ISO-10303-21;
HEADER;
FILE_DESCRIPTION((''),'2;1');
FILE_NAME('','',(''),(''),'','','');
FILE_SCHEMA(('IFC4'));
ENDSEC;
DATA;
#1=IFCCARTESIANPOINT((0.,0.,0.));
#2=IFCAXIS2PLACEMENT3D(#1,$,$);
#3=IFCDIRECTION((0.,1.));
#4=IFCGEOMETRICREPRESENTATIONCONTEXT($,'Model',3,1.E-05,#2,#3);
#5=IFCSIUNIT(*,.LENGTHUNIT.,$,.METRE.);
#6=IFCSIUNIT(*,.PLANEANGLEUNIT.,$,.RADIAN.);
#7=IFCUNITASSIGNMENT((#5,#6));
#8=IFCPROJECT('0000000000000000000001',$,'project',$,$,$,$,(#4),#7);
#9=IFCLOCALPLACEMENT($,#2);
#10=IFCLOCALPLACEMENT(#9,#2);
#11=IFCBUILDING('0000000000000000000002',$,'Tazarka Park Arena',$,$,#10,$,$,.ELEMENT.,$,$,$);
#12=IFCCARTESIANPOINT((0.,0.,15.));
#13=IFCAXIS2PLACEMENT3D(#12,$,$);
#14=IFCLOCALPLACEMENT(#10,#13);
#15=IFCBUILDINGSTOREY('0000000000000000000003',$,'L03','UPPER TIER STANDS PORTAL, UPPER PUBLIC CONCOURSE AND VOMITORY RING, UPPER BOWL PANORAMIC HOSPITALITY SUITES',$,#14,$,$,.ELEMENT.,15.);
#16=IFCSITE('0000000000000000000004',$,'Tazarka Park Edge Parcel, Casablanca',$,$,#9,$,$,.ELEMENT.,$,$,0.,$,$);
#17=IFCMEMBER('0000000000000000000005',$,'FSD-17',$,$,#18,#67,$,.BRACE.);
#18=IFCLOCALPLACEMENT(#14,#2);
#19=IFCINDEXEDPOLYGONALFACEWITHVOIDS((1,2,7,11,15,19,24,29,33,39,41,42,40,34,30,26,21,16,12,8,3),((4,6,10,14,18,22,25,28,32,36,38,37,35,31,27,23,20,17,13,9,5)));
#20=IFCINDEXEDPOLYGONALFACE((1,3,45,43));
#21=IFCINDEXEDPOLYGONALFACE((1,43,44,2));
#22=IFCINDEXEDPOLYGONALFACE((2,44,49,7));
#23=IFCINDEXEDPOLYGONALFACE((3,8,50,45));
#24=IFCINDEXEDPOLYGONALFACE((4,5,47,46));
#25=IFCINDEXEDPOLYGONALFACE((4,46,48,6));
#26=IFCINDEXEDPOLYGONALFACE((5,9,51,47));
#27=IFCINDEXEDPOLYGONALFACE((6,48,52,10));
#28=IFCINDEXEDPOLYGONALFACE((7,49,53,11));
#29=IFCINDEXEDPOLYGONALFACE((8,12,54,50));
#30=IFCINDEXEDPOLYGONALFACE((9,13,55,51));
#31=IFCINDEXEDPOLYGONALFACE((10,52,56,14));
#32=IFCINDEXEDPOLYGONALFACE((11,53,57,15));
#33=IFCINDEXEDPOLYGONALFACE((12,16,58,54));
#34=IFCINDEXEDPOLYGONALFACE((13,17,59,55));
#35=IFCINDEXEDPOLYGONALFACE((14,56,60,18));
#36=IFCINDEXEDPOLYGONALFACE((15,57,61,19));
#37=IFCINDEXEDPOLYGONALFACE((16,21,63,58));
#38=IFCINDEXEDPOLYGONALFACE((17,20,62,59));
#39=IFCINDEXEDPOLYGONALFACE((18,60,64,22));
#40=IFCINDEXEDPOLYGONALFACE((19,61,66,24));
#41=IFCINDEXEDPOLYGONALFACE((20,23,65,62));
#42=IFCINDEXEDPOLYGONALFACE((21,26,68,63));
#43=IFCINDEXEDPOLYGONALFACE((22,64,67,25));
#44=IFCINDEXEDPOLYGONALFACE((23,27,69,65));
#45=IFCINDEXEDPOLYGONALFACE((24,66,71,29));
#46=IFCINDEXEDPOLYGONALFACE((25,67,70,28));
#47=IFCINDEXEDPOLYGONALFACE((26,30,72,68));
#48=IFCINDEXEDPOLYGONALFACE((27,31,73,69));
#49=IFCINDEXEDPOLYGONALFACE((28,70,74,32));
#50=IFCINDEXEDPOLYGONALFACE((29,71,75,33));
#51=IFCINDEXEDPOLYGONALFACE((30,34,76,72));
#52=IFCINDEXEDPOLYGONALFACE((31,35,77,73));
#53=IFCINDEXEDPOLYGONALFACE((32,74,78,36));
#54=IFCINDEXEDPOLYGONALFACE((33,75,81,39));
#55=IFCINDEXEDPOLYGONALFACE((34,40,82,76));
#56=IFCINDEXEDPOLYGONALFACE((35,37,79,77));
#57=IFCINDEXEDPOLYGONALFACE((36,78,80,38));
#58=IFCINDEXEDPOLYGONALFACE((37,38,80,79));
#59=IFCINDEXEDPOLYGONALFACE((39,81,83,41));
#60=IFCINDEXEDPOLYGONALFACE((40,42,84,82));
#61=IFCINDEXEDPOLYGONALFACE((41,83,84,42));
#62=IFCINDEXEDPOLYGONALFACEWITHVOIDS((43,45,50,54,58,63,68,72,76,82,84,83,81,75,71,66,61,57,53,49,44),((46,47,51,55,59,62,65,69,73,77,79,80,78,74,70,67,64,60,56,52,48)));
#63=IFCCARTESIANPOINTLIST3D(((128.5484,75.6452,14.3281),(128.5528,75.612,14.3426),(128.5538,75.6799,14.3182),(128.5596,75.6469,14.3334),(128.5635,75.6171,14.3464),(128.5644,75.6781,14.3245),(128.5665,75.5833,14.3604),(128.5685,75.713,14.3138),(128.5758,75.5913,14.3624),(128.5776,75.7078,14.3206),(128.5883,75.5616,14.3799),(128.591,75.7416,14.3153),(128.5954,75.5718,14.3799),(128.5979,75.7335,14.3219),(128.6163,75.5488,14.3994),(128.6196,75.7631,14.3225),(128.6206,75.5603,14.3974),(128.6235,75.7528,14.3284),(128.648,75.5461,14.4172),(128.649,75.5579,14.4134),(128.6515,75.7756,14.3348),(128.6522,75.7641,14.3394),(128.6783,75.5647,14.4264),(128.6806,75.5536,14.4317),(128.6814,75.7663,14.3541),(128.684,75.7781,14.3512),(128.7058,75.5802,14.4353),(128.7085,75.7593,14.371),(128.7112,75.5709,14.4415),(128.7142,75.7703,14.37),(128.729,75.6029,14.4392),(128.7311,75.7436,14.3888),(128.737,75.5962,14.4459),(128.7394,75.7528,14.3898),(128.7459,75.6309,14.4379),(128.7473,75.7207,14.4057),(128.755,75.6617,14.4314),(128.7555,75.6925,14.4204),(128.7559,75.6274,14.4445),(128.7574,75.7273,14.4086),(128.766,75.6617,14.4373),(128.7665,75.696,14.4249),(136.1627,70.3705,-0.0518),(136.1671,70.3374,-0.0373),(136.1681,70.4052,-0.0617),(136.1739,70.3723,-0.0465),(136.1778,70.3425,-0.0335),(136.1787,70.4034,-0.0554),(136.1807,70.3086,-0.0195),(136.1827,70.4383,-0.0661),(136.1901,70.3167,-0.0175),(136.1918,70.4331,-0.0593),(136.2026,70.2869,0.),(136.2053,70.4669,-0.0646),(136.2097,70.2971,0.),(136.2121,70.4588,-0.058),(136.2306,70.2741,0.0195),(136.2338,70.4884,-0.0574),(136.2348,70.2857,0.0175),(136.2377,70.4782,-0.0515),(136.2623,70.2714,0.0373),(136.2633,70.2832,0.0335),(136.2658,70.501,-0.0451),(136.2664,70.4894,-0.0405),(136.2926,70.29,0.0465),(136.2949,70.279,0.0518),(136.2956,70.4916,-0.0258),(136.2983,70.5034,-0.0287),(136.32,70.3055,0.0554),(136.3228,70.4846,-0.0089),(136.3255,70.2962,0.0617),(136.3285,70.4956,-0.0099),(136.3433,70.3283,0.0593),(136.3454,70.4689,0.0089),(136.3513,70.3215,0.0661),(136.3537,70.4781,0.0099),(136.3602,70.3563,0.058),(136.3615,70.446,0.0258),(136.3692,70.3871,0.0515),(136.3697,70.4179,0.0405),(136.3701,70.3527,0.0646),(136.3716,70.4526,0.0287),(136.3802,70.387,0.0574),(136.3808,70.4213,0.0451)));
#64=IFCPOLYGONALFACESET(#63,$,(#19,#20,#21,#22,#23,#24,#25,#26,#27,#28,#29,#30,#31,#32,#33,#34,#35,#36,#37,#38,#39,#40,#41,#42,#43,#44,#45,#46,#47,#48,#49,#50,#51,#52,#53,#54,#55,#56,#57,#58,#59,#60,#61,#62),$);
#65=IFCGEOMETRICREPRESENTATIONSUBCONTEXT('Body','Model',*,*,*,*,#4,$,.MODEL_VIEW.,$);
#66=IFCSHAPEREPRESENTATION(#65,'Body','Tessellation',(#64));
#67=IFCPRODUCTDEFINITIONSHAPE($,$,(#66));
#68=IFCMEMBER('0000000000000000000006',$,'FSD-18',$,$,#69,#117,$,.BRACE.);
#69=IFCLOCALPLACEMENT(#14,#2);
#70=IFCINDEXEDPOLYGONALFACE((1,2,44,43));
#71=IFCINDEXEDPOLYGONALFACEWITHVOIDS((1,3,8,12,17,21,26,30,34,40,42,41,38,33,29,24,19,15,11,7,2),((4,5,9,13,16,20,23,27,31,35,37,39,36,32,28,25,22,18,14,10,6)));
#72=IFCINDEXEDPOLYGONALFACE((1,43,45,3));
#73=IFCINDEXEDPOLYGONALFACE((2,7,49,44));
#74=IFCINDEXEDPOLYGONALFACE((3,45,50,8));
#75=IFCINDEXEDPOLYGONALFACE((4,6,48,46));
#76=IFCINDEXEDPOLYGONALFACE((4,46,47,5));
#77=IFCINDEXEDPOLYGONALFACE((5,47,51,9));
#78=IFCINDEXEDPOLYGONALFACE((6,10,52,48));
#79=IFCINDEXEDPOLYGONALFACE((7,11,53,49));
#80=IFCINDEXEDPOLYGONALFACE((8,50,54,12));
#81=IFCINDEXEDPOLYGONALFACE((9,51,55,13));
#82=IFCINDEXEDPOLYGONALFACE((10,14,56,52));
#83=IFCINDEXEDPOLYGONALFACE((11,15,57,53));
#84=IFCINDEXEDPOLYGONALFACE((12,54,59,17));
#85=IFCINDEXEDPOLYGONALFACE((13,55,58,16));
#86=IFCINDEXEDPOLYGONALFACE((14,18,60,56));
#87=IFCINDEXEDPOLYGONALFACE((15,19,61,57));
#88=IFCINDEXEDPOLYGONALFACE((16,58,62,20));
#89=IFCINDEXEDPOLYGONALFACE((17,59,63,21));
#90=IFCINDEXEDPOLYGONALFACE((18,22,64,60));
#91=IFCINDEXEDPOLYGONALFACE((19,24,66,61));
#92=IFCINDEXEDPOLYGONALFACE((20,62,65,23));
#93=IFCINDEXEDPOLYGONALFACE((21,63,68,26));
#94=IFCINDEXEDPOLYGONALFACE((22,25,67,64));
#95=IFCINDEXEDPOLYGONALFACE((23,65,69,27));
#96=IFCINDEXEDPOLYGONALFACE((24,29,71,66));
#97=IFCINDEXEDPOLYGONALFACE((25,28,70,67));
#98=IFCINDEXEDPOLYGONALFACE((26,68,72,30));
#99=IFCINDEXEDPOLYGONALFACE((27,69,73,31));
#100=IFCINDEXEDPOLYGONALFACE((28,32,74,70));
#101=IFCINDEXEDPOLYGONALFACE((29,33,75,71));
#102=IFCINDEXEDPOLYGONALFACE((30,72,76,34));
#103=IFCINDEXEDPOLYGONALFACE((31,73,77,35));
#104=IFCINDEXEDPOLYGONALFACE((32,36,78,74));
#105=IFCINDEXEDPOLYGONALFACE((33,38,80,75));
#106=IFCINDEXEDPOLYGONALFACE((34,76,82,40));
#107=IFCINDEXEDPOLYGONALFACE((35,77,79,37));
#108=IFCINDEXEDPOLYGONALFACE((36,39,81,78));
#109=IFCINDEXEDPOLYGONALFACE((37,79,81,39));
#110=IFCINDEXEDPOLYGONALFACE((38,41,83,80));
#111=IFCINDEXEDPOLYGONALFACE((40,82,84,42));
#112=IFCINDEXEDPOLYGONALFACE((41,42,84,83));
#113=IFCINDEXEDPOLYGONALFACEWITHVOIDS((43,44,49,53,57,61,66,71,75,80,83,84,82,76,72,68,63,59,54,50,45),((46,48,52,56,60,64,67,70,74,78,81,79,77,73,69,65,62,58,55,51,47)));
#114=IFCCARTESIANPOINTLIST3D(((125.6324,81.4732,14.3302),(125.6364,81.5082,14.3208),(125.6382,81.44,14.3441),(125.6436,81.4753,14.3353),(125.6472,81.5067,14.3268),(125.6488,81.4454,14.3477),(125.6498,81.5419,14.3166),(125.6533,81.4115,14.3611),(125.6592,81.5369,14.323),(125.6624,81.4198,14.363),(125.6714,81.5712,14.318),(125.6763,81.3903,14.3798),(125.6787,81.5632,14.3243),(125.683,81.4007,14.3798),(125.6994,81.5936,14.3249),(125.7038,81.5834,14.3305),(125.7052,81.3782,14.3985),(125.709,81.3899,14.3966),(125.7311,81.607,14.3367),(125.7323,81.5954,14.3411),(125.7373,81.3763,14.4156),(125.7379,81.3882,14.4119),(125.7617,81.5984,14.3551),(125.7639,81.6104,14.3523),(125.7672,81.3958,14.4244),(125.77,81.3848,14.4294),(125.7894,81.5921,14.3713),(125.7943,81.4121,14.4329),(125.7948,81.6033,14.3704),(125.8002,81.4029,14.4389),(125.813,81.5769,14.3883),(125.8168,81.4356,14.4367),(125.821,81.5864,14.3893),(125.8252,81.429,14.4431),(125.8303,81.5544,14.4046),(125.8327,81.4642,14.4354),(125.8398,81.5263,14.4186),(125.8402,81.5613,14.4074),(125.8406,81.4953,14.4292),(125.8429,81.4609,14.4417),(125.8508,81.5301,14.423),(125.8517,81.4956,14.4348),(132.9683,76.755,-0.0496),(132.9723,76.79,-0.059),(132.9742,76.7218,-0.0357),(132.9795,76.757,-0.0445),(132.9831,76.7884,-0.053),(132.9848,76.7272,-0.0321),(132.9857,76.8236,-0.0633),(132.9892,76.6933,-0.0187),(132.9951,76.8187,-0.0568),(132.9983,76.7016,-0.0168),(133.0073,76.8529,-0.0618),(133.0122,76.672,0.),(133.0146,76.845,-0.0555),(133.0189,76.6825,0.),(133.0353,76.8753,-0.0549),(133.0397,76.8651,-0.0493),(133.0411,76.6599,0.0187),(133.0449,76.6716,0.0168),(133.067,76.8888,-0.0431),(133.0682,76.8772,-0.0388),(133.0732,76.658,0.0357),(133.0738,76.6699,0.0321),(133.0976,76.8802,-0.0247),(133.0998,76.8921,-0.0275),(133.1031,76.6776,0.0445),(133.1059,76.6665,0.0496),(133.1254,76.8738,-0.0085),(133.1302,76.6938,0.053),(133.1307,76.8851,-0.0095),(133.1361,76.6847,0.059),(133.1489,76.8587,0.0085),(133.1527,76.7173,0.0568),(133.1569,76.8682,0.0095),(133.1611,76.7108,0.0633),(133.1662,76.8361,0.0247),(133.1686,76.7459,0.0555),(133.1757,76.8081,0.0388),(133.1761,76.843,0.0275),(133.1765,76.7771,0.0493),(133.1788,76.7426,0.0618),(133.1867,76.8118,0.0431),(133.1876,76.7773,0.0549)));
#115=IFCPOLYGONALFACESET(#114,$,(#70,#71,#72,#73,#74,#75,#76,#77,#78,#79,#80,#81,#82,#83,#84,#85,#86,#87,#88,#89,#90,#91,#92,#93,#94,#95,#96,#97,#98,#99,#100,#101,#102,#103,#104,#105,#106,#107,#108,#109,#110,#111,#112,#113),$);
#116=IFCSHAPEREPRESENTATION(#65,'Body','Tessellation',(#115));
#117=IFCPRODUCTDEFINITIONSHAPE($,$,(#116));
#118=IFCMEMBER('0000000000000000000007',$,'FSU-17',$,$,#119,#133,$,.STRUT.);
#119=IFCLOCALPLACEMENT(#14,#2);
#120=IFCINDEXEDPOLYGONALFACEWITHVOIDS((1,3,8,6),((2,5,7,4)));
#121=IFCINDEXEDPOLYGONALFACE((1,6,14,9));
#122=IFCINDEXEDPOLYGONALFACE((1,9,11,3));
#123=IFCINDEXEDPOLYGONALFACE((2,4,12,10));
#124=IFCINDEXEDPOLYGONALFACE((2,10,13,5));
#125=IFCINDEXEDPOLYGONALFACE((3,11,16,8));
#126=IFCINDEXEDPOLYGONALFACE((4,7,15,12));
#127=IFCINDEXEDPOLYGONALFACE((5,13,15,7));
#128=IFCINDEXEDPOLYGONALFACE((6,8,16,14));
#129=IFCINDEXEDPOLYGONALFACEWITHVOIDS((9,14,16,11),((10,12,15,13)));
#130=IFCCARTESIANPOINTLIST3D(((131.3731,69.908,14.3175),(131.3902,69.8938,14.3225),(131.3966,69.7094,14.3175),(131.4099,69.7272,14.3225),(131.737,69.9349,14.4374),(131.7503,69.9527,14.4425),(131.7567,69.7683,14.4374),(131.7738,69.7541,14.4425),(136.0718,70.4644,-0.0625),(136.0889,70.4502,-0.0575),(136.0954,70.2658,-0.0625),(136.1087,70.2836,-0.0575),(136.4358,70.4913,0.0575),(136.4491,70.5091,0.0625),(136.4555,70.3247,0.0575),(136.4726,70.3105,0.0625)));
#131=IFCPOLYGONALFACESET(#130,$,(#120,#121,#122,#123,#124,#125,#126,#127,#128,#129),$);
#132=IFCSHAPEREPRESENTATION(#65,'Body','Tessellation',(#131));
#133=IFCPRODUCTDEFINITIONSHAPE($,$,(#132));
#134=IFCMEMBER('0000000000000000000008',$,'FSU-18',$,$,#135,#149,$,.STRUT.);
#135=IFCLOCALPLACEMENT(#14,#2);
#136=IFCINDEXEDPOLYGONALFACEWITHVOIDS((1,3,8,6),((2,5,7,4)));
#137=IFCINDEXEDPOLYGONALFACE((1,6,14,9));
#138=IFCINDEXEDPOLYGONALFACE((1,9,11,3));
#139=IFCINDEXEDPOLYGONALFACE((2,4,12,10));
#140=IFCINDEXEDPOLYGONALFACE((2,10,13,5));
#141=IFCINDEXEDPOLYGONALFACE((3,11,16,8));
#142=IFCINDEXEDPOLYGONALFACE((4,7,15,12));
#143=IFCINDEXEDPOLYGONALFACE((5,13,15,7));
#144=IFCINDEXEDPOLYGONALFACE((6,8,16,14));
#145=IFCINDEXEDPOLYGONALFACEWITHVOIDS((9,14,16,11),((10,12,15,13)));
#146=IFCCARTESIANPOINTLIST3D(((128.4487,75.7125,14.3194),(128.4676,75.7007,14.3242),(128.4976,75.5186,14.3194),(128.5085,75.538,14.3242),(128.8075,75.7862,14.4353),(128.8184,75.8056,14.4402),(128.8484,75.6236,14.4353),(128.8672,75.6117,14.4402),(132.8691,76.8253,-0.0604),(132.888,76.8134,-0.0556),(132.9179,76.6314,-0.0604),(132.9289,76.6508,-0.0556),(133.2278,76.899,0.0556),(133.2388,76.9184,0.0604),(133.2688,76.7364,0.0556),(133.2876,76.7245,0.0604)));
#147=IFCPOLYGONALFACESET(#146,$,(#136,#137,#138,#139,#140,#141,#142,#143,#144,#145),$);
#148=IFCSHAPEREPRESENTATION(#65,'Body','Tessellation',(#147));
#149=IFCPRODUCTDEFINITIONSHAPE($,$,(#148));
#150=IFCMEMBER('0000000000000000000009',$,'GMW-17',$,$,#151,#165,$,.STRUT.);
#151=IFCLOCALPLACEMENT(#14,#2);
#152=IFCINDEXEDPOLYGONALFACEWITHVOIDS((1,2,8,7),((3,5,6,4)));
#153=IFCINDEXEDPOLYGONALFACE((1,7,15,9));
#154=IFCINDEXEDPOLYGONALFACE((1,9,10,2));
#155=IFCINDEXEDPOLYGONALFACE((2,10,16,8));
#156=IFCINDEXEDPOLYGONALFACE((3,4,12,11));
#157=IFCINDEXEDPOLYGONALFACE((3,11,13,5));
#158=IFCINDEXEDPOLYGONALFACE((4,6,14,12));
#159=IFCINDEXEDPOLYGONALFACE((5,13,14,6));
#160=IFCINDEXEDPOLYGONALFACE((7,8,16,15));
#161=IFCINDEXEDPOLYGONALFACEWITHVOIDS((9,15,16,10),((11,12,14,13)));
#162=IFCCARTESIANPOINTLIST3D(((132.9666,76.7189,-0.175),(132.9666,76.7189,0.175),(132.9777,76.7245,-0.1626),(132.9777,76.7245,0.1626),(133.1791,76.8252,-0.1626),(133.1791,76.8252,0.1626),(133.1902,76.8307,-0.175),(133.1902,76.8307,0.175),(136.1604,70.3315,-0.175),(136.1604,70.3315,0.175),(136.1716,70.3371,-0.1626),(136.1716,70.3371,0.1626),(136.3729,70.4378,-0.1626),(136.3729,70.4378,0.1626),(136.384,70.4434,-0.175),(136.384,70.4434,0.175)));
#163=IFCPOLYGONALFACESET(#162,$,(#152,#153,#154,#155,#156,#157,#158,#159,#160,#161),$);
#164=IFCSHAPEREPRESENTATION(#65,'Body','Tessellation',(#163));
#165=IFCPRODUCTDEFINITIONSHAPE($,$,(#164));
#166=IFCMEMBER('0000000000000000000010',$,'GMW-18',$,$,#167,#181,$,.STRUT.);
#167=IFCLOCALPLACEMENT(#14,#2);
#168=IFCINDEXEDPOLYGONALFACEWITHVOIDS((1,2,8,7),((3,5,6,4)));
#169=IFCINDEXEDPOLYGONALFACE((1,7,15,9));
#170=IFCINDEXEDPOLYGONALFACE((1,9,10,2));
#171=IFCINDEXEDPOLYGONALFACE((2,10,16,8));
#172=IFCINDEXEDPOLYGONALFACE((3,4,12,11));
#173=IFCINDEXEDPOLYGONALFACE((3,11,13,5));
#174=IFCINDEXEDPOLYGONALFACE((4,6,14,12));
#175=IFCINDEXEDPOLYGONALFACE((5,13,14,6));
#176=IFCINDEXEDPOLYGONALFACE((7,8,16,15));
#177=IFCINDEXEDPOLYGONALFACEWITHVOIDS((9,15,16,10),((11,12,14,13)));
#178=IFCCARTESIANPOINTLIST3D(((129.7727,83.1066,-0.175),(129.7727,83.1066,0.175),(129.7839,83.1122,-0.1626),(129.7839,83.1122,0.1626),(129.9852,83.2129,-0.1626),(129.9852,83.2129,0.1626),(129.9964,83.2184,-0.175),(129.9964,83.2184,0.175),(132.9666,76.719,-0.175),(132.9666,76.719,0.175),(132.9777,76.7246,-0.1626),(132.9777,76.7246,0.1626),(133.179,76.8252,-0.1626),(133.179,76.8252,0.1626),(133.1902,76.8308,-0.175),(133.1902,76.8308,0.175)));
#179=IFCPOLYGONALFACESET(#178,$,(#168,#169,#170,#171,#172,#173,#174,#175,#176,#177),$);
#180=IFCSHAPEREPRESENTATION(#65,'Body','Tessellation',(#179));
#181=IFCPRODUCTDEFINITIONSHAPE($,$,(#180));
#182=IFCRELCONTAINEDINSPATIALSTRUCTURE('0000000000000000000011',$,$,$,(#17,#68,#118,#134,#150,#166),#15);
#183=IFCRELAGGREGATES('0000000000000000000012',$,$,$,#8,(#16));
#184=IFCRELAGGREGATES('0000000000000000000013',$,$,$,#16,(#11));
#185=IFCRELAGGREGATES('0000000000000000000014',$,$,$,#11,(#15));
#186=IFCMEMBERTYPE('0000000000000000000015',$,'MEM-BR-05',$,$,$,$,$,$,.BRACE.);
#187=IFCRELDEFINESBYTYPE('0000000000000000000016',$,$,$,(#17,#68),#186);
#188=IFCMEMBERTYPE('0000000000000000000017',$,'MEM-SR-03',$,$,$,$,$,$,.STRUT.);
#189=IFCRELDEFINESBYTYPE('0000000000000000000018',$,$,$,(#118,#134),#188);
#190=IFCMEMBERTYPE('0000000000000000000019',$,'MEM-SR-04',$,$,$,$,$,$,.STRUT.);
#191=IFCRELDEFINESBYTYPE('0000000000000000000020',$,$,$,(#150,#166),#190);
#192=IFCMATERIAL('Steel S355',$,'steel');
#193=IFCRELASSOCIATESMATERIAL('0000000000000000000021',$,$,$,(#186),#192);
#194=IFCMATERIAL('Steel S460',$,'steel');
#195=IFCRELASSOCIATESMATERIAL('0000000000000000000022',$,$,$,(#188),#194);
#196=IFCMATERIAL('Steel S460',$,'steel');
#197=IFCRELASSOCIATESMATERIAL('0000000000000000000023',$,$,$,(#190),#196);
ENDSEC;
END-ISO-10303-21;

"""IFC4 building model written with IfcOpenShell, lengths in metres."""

from ifc_helpers import new_model, si_unit, direction, frame, origin, origin_2d, place, context, subcontext, project, spatial, hollow_rectangle, hollow_circle, extrude, material, material_profile, profile_set, type_object, element, save


model = new_model("IFC4")

# Units and contexts
model_context = context("Model", 3, precision=1e-05, world=origin(), true_north=direction((0.0, 1.0)))
body_context = subcontext(model_context, "Body", "Model", "MODEL_VIEW")
ifc_project = project(units=[si_unit("LENGTHUNIT", "METRE"), si_unit("PLANEANGLEUNIT", "RADIAN")], contexts=[model_context])

# Site, building, storey
site_placement = place(None, origin())
site = spatial("IfcSite", under=ifc_project, at=site_placement, Name="Tazarka Park Edge Parcel, Casablanca", CompositionType="ELEMENT", RefElevation=0.0)
building_placement = place(site_placement, origin())
building = spatial("IfcBuilding", under=site, at=building_placement, Name="Tazarka Park Arena", CompositionType="ELEMENT")
storey_placement = place(building_placement, frame((0.0, 0.0, 15.0)))
storey = spatial("IfcBuildingStorey", under=building, at=storey_placement, Name="L03", Description="UPPER TIER STANDS PORTAL, UPPER PUBLIC CONCOURSE AND VOMITORY RING, UPPER BOWL PANORAMIC HOSPITALITY SUITES", CompositionType="ELEMENT", Elevation=15.0)

# Members
ifc_material_1 = material(Name="Steel S355", Category="steel")
ifc_material_profile_1 = material_profile(ifc_material_1, hollow_circle(Radius=0.1223, WallThickness=0.0125, at=origin_2d()), Name="Steel S355")
ifc_profile_set_1 = profile_set([ifc_material_profile_1], Name="Steel S355")
member_type_1 = type_object("IfcMemberType", Name="MEM-BR-05", PredefinedType="BRACE", material=ifc_profile_set_1)
member_1_placement = place(storey_placement, frame((136.2722, 70.3875, 0.0), z_axis=(-0.445149, 0.30837, 0.840685), x_axis=(-0.569447, -0.822028, 0.0)))
element("IfcMember", 1, at=member_1_placement, inside=storey, type_object=member_type_1, Name="FSD-17", PredefinedType="BRACE", context=body_context, shape_type="SweptSolid", body=[
    extrude(hollow_circle(Radius=0.1223, WallThickness=0.0125, at=origin_2d()), origin(), (0.0, 0.0, 1.0), 17.105),
])
member_2_placement = place(storey_placement, frame((133.0784, 76.7749, 0.0), z_axis=(-0.436185, 0.280541, 0.855008), x_axis=(-0.540944, -0.841058, 0.0)))
element("IfcMember", 2, at=member_2_placement, inside=storey, type_object=member_type_1, Name="FSD-18", PredefinedType="BRACE", context=body_context, shape_type="SweptSolid", body=[
    extrude(hollow_circle(Radius=0.1223, WallThickness=0.0125, at=origin_2d()), origin(), (0.0, 0.0, 1.0), 16.8184),
])
ifc_material_2 = material(Name="Steel S460", Category="steel")
ifc_material_profile_2 = material_profile(ifc_material_2, hollow_rectangle(XDim=0.2, YDim=0.3999, WallThickness=0.0161, at=origin_2d()), Name="Steel S460")
ifc_profile_set_2 = profile_set([ifc_material_profile_2], Name="Steel S460")
member_type_2 = type_object("IfcMemberType", Name="MEM-SR-03", PredefinedType="STRUT", material=ifc_profile_set_2)
member_3_placement = place(storey_placement, frame((136.2722, 70.3875, 0.0), z_axis=(-0.310387, -0.036754, 0.9499), x_axis=(0.117593, -0.993062, 0.0)))
element("IfcMember", 3, at=member_3_placement, inside=storey, type_object=member_type_2, Name="FSU-17", PredefinedType="STRUT", context=body_context, shape_type="SweptSolid", body=[
    extrude(hollow_rectangle(XDim=0.2, YDim=0.3999, WallThickness=0.0161, at=origin_2d()), origin(), (0.0, 0.0, 1.0), 15.1384),
])
member_4_placement = place(storey_placement, frame((133.0784, 76.7749, 0.0), z_axis=(-0.293032, -0.073768, 0.953253), x_axis=(0.244123, -0.969744, 0.0)))
element("IfcMember", 4, at=member_4_placement, inside=storey, type_object=member_type_2, Name="FSU-18", PredefinedType="STRUT", context=body_context, shape_type="SweptSolid", body=[
    extrude(hollow_rectangle(XDim=0.2, YDim=0.3999, WallThickness=0.0161, at=origin_2d()), origin(), (0.0, 0.0, 1.0), 15.085),
])
ifc_material_3 = material(Name="Steel S460", Category="steel")
ifc_material_profile_3 = material_profile(ifc_material_3, hollow_rectangle(XDim=0.25, YDim=0.3501, WallThickness=0.0125, at=origin_2d()), Name="Steel S460")
ifc_profile_set_3 = profile_set([ifc_material_profile_3], Name="Steel S460")
member_type_3 = type_object("IfcMemberType", Name="MEM-SR-04", PredefinedType="STRUT", material=ifc_profile_set_3)
member_5_placement = place(storey_placement, frame((136.2722, 70.3875, 0.0), z_axis=(-0.447227, 0.89442, 0.0), x_axis=(-0.89442, -0.447227, 0.0)))
element("IfcMember", 5, at=member_5_placement, inside=storey, type_object=member_type_3, Name="GMW-17", PredefinedType="STRUT", context=body_context, shape_type="SweptSolid", body=[
    extrude(hollow_rectangle(XDim=0.25, YDim=0.3501, WallThickness=0.0125, at=origin_2d()), origin(), (0.0, 0.0, 1.0), 7.1414),
])
member_6_placement = place(storey_placement, frame((133.0784, 76.7749, 0.0), z_axis=(-0.447214, 0.894427, 0.0), x_axis=(-0.894427, -0.447214, 0.0)))
element("IfcMember", 6, at=member_6_placement, inside=storey, type_object=member_type_3, Name="GMW-18", PredefinedType="STRUT", context=body_context, shape_type="SweptSolid", body=[
    extrude(hollow_rectangle(XDim=0.25, YDim=0.3501, WallThickness=0.0125, at=origin_2d()), origin(), (0.0, 0.0, 1.0), 7.1416),
])

save(model, "model.ifc")
